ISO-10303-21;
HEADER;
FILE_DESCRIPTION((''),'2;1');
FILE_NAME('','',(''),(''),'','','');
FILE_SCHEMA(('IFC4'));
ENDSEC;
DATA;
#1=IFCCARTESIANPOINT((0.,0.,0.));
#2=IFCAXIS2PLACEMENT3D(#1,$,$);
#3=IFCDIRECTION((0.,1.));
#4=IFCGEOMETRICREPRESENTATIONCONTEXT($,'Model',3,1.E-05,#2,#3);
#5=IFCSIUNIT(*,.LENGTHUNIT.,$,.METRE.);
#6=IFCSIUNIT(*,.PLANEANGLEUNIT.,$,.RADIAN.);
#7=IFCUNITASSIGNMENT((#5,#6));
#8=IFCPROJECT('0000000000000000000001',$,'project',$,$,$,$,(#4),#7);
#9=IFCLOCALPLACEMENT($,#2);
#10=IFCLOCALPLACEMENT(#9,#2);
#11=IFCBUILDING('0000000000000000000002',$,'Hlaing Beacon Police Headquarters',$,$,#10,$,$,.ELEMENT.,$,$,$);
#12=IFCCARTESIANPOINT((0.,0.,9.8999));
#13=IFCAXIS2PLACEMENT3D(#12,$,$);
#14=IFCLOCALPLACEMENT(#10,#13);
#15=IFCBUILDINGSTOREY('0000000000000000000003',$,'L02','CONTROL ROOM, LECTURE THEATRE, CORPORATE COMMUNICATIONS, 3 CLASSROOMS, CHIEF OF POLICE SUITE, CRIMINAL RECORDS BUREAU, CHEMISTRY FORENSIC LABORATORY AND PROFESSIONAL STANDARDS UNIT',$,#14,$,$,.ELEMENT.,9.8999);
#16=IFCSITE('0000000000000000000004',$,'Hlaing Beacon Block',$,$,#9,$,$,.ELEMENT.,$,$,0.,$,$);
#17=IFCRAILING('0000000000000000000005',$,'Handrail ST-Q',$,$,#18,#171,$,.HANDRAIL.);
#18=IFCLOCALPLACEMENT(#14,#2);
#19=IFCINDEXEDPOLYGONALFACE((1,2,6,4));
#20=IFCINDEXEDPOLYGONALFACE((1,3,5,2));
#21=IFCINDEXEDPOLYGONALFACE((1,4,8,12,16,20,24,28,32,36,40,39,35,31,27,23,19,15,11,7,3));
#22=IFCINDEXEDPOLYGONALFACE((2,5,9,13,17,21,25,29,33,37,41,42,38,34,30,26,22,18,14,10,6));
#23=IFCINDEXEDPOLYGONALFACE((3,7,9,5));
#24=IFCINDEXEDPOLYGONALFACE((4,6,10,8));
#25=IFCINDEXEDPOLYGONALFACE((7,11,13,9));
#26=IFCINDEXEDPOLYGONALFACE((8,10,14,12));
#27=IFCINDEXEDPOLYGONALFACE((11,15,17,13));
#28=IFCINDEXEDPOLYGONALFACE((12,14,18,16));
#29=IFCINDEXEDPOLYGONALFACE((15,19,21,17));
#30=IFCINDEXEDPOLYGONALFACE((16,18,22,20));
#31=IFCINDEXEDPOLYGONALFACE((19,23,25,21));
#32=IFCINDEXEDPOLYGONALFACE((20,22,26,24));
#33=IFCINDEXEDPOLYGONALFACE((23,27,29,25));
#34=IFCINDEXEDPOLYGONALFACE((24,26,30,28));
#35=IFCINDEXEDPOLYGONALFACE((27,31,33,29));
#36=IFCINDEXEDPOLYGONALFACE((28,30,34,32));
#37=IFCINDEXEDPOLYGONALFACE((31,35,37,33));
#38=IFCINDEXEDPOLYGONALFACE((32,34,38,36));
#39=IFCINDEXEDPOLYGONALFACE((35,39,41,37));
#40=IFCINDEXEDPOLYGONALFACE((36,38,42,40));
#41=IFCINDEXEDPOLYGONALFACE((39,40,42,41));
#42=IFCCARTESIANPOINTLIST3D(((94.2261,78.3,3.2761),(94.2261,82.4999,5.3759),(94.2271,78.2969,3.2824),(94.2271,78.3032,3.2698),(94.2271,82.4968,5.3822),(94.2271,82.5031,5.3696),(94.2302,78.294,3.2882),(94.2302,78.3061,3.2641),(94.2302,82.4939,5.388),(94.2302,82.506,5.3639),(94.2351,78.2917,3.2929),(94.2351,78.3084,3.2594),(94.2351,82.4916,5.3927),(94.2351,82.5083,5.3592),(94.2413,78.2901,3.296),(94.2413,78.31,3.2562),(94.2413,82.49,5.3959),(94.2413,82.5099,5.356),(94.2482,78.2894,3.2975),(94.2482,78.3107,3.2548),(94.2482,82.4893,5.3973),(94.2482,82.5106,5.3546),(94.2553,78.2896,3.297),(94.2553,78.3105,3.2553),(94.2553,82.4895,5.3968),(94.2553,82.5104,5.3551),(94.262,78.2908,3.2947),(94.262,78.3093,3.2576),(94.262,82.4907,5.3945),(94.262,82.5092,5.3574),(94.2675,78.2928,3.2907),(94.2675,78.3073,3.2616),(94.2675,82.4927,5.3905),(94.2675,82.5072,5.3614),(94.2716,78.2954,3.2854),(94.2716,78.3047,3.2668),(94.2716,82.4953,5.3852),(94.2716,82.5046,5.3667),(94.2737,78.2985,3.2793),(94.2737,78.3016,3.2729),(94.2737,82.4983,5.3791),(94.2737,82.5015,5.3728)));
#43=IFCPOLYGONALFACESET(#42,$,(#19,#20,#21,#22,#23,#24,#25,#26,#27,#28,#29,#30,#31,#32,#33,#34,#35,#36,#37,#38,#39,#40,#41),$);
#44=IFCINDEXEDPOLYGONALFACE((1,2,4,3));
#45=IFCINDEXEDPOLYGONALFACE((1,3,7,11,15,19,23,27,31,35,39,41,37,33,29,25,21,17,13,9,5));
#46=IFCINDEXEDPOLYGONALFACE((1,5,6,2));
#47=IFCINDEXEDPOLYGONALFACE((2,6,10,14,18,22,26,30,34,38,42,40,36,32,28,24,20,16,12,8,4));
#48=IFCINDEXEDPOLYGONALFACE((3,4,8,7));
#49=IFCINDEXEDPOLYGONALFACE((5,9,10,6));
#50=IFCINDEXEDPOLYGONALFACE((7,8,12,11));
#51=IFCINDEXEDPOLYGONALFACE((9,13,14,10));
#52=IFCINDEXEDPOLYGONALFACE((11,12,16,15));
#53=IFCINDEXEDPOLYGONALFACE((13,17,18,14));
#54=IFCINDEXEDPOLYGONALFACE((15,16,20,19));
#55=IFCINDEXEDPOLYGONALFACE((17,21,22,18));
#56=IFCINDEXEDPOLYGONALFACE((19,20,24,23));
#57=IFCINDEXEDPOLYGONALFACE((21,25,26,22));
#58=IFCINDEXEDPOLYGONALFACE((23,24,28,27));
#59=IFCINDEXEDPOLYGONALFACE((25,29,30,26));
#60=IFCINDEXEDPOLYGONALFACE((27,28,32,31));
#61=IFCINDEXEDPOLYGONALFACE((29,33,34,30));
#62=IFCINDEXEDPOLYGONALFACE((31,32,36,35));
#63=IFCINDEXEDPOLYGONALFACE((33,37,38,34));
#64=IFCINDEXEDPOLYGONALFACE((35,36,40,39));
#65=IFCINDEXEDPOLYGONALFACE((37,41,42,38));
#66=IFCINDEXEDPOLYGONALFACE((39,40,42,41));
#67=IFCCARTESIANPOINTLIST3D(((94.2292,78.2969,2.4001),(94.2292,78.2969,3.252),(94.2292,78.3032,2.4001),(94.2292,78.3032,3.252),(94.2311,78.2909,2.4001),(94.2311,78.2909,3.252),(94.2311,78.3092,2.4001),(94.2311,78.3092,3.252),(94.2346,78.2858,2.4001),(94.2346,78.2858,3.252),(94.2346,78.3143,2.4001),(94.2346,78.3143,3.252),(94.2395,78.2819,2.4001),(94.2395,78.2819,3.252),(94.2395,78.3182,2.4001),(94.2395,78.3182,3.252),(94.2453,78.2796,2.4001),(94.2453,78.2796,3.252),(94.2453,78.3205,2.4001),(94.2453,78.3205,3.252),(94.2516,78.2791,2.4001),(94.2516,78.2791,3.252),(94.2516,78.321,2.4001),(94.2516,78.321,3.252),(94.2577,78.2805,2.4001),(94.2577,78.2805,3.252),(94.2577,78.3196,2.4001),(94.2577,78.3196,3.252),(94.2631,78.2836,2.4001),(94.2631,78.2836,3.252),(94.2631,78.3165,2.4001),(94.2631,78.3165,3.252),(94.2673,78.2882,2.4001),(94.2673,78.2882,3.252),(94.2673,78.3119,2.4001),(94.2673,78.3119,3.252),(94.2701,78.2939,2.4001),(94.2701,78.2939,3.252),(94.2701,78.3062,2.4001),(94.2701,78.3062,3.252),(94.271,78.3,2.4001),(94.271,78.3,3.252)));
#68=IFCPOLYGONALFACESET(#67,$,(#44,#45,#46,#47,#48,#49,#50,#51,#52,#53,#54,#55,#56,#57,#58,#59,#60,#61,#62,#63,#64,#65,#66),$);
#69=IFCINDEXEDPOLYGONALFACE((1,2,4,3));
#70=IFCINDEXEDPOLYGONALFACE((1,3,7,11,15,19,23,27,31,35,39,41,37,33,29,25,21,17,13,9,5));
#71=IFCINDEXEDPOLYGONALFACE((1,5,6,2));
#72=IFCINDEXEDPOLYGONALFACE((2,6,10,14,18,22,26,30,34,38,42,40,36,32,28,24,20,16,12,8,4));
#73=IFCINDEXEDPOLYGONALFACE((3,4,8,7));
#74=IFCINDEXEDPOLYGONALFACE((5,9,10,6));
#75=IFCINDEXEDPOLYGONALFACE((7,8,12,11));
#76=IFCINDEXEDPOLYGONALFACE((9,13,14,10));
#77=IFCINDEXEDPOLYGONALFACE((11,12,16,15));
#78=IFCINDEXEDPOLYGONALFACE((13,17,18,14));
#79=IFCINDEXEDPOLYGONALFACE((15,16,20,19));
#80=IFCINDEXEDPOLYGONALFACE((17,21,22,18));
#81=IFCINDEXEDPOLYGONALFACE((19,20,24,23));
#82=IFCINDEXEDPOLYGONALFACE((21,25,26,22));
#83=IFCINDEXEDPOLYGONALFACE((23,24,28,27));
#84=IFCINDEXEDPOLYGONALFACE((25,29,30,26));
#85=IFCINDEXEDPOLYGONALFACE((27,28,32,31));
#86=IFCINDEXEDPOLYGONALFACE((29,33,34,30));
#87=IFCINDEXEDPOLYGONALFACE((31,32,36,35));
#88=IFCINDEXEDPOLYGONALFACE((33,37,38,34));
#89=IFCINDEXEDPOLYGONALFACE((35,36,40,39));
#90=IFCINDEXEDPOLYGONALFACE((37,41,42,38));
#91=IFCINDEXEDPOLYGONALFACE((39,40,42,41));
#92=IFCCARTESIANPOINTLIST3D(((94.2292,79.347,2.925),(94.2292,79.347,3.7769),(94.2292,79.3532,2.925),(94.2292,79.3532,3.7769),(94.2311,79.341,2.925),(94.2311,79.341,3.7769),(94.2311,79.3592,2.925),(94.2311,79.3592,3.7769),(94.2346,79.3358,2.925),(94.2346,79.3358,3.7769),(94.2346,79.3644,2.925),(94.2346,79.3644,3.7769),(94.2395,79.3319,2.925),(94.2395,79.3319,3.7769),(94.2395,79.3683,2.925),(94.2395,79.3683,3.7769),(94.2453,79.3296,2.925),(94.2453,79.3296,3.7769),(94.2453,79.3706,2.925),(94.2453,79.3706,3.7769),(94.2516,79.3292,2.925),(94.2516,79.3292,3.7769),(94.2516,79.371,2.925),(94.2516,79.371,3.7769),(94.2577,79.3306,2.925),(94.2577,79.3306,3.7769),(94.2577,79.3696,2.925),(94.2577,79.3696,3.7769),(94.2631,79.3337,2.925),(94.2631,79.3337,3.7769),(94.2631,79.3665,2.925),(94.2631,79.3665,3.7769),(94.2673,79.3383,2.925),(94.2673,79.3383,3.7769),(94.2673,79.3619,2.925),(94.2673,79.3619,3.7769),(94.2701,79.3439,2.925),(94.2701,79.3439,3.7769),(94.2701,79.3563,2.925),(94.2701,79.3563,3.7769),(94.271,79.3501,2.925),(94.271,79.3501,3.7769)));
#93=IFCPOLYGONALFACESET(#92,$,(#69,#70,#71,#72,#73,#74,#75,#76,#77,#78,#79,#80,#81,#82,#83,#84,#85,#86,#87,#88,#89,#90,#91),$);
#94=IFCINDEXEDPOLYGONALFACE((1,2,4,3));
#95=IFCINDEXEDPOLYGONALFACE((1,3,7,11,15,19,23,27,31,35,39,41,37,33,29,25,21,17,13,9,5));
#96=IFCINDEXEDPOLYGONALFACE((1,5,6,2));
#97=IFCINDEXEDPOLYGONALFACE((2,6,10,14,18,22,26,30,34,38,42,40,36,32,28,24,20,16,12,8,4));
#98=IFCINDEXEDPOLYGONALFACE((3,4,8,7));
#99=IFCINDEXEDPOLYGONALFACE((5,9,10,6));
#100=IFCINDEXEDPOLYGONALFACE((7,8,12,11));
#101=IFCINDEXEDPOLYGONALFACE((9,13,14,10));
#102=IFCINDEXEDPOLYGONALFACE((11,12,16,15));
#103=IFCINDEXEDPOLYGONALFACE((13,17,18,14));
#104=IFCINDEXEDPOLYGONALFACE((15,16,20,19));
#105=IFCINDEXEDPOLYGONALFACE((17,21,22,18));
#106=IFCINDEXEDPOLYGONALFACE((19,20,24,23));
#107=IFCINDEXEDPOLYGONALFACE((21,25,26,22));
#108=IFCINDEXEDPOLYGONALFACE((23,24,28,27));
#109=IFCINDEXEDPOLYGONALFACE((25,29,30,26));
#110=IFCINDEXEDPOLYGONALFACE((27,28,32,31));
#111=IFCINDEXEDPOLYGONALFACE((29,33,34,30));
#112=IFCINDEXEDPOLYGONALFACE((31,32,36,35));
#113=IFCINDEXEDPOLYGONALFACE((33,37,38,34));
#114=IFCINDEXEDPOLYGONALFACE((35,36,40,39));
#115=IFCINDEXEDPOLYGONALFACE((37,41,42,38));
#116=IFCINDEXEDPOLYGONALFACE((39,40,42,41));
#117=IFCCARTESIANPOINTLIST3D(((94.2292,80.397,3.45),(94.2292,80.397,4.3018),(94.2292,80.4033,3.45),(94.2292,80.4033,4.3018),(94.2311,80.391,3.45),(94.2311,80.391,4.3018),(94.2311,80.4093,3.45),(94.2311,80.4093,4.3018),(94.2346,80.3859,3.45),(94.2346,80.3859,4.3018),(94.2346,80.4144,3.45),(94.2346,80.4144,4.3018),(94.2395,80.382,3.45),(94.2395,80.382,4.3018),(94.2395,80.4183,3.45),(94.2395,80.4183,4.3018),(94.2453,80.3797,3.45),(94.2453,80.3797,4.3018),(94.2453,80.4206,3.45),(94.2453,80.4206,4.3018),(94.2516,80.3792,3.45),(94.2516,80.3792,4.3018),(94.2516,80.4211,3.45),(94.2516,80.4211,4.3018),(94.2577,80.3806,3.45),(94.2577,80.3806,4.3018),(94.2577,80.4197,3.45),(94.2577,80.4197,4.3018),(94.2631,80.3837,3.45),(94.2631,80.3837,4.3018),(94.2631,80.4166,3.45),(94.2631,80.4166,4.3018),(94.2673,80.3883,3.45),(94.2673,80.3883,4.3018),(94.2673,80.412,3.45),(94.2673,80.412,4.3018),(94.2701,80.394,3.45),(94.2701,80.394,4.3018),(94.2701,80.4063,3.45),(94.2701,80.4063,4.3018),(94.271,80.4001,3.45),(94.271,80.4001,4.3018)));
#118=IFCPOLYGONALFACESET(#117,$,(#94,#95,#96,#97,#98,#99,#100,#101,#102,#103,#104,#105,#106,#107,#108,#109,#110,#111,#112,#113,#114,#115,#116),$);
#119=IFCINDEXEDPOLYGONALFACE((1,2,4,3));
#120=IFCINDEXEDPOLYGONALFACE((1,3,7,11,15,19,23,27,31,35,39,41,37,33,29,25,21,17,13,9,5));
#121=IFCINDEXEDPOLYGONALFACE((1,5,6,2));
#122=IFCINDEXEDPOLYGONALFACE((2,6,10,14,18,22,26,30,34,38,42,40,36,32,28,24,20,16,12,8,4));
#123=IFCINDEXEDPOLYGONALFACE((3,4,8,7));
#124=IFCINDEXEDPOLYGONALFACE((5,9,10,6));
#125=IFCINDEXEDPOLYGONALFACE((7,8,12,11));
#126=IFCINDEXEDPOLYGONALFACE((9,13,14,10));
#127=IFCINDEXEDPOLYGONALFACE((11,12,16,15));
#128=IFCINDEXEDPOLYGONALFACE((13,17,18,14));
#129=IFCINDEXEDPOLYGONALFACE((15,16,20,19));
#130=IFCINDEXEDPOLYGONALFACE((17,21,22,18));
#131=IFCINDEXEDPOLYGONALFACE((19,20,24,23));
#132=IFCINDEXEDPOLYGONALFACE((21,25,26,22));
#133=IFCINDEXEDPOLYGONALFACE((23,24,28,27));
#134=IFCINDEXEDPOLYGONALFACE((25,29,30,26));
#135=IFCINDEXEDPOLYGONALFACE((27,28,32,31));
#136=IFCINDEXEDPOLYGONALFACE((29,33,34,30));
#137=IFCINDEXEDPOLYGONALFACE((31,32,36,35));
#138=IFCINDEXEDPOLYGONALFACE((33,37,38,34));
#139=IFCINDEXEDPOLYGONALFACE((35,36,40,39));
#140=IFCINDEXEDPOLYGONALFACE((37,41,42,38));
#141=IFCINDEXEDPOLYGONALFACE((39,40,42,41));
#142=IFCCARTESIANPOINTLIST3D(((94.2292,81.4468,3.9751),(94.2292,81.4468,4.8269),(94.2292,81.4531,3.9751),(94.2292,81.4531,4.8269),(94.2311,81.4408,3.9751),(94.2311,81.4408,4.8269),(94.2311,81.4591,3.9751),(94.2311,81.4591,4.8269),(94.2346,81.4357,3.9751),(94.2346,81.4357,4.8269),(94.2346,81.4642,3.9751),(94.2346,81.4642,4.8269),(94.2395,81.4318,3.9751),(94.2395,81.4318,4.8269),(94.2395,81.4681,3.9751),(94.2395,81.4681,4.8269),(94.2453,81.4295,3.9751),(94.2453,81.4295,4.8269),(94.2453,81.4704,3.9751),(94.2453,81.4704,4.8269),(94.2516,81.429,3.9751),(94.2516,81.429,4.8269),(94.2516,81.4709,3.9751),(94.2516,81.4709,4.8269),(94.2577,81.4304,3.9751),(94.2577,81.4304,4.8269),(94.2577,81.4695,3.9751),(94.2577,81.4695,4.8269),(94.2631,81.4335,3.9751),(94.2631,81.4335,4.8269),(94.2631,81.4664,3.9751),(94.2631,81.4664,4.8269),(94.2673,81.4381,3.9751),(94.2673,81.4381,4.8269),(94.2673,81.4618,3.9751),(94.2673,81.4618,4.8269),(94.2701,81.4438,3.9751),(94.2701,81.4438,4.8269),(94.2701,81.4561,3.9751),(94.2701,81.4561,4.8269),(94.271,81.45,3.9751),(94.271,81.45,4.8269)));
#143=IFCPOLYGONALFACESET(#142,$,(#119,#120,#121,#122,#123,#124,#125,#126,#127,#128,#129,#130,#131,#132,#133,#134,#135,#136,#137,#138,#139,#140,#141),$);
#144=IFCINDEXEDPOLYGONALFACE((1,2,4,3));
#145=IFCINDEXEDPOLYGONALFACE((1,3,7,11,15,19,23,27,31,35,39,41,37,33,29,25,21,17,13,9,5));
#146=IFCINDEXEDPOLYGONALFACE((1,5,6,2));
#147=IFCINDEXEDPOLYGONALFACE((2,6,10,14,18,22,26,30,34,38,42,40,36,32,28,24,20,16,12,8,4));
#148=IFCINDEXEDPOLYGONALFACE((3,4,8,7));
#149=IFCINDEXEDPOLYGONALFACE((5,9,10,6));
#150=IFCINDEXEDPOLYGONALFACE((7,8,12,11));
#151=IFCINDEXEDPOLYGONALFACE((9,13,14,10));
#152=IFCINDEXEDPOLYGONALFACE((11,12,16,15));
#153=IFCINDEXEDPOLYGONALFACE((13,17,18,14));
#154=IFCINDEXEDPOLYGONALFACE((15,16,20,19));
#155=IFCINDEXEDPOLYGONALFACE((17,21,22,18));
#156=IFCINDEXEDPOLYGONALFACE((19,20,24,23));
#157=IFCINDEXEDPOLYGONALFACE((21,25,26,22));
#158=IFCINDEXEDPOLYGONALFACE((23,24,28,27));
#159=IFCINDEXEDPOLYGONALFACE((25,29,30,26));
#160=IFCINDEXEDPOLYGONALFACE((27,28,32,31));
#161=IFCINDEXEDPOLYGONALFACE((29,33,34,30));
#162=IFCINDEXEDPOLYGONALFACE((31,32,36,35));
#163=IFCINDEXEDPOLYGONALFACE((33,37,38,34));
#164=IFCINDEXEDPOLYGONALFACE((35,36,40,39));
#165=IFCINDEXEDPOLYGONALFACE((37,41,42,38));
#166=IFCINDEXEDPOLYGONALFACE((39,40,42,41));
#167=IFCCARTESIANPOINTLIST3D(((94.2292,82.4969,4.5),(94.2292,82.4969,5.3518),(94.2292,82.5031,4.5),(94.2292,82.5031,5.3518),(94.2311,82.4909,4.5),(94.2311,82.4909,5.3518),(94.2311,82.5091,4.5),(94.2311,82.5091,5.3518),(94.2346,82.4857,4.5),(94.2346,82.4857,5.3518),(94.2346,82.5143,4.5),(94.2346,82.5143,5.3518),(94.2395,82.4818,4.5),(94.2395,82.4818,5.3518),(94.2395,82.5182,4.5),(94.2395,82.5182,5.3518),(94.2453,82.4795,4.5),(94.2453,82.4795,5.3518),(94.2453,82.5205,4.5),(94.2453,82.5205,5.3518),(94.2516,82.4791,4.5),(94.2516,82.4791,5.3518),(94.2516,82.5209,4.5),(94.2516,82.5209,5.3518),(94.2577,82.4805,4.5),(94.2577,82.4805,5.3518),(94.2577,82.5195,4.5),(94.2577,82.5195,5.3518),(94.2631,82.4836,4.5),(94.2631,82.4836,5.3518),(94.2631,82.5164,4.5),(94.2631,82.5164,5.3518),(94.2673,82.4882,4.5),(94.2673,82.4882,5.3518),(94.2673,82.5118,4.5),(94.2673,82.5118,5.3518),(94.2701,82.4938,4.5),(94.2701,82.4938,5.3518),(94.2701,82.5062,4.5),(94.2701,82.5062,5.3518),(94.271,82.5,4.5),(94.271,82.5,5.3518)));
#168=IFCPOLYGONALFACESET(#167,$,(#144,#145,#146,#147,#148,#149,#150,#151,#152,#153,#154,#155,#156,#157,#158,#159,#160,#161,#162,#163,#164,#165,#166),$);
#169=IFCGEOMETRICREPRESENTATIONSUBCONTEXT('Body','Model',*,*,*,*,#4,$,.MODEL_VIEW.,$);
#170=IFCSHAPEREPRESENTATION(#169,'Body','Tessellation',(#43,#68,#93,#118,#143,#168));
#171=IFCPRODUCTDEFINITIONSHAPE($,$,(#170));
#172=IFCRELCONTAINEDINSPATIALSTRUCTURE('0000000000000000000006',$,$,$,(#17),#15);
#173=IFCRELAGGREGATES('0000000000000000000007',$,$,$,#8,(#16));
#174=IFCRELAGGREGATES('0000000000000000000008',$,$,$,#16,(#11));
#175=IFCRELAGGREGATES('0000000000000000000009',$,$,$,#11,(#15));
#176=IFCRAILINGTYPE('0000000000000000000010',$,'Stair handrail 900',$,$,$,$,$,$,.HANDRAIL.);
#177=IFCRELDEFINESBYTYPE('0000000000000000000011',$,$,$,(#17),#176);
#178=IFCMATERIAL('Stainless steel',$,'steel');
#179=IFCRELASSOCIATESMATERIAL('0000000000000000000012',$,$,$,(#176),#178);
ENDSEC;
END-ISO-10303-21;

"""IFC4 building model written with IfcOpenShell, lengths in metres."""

from ifc_helpers import new_model, si_unit, direction, frame, origin, origin_2d, place, context, subcontext, project, spatial, circle, extrude, material, type_object, element, save


model = new_model("IFC4")

# Units and contexts
model_context = context("Model", 3, precision=1e-05, world=origin(), true_north=direction((0.0, 1.0)))
body_context = subcontext(model_context, "Body", "Model", "MODEL_VIEW")
ifc_project = project(units=[si_unit("LENGTHUNIT", "METRE"), si_unit("PLANEANGLEUNIT", "RADIAN")], contexts=[model_context])

# Site, building, storey
site_placement = place(None, origin())
site = spatial("IfcSite", under=ifc_project, at=site_placement, Name="Hlaing Beacon Block", CompositionType="ELEMENT", RefElevation=0.0)
building_placement = place(site_placement, origin())
building = spatial("IfcBuilding", under=site, at=building_placement, Name="Hlaing Beacon Police Headquarters", CompositionType="ELEMENT")
storey_placement = place(building_placement, frame((0.0, 0.0, 9.8999)))
storey = spatial("IfcBuildingStorey", under=building, at=storey_placement, Name="L02", Description="CONTROL ROOM, LECTURE THEATRE, CORPORATE COMMUNICATIONS, 3 CLASSROOMS, CHIEF OF POLICE SUITE, CRIMINAL RECORDS BUREAU, CHEMISTRY FORENSIC LABORATORY AND PROFESSIONAL STANDARDS UNIT", CompositionType="ELEMENT", Elevation=9.8999)

# Railing
ifc_material_1 = material(Name="Stainless steel", Category="steel")
railing_type_1 = type_object("IfcRailingType", Name="Stair handrail 900", PredefinedType="HANDRAIL", material=ifc_material_1)
for number, where, name in (
    (1, (94.25, 78.3, 2.4001), "Handrail ST-Q"),
):
    element("IfcRailing", number, at=place(storey_placement, frame(where)), inside=storey, type_object=railing_type_1, Name=name, PredefinedType="HANDRAIL", context=body_context, shape_type="SweptSolid", body=[
        extrude(circle(Radius=0.0239, at=origin_2d()), frame((0.0, 0.0, 0.876), z_axis=(0.0, 0.894438, 0.447193), x_axis=(-1.0, 0.0, 0.0)), (0.0, 0.0, 1.0), 4.6956),
        extrude(circle(Radius=0.021, at=origin_2d()), origin(), (0.0, 0.0, 1.0), 0.8518),
        extrude(circle(Radius=0.021, at=origin_2d()), frame((0.0, 1.05, 0.5249)), (0.0, 0.0, 1.0), 0.8518),
        extrude(circle(Radius=0.021, at=origin_2d()), frame((0.0, 2.1001, 1.0498)), (0.0, 0.0, 1.0), 0.8518),
        extrude(circle(Radius=0.021, at=origin_2d()), frame((0.0, 3.1499, 1.575)), (0.0, 0.0, 1.0), 0.8518),
        extrude(circle(Radius=0.021, at=origin_2d()), frame((0.0, 4.2, 2.0999)), (0.0, 0.0, 1.0), 0.8518),
    ])

save(model, "model.ifc")
